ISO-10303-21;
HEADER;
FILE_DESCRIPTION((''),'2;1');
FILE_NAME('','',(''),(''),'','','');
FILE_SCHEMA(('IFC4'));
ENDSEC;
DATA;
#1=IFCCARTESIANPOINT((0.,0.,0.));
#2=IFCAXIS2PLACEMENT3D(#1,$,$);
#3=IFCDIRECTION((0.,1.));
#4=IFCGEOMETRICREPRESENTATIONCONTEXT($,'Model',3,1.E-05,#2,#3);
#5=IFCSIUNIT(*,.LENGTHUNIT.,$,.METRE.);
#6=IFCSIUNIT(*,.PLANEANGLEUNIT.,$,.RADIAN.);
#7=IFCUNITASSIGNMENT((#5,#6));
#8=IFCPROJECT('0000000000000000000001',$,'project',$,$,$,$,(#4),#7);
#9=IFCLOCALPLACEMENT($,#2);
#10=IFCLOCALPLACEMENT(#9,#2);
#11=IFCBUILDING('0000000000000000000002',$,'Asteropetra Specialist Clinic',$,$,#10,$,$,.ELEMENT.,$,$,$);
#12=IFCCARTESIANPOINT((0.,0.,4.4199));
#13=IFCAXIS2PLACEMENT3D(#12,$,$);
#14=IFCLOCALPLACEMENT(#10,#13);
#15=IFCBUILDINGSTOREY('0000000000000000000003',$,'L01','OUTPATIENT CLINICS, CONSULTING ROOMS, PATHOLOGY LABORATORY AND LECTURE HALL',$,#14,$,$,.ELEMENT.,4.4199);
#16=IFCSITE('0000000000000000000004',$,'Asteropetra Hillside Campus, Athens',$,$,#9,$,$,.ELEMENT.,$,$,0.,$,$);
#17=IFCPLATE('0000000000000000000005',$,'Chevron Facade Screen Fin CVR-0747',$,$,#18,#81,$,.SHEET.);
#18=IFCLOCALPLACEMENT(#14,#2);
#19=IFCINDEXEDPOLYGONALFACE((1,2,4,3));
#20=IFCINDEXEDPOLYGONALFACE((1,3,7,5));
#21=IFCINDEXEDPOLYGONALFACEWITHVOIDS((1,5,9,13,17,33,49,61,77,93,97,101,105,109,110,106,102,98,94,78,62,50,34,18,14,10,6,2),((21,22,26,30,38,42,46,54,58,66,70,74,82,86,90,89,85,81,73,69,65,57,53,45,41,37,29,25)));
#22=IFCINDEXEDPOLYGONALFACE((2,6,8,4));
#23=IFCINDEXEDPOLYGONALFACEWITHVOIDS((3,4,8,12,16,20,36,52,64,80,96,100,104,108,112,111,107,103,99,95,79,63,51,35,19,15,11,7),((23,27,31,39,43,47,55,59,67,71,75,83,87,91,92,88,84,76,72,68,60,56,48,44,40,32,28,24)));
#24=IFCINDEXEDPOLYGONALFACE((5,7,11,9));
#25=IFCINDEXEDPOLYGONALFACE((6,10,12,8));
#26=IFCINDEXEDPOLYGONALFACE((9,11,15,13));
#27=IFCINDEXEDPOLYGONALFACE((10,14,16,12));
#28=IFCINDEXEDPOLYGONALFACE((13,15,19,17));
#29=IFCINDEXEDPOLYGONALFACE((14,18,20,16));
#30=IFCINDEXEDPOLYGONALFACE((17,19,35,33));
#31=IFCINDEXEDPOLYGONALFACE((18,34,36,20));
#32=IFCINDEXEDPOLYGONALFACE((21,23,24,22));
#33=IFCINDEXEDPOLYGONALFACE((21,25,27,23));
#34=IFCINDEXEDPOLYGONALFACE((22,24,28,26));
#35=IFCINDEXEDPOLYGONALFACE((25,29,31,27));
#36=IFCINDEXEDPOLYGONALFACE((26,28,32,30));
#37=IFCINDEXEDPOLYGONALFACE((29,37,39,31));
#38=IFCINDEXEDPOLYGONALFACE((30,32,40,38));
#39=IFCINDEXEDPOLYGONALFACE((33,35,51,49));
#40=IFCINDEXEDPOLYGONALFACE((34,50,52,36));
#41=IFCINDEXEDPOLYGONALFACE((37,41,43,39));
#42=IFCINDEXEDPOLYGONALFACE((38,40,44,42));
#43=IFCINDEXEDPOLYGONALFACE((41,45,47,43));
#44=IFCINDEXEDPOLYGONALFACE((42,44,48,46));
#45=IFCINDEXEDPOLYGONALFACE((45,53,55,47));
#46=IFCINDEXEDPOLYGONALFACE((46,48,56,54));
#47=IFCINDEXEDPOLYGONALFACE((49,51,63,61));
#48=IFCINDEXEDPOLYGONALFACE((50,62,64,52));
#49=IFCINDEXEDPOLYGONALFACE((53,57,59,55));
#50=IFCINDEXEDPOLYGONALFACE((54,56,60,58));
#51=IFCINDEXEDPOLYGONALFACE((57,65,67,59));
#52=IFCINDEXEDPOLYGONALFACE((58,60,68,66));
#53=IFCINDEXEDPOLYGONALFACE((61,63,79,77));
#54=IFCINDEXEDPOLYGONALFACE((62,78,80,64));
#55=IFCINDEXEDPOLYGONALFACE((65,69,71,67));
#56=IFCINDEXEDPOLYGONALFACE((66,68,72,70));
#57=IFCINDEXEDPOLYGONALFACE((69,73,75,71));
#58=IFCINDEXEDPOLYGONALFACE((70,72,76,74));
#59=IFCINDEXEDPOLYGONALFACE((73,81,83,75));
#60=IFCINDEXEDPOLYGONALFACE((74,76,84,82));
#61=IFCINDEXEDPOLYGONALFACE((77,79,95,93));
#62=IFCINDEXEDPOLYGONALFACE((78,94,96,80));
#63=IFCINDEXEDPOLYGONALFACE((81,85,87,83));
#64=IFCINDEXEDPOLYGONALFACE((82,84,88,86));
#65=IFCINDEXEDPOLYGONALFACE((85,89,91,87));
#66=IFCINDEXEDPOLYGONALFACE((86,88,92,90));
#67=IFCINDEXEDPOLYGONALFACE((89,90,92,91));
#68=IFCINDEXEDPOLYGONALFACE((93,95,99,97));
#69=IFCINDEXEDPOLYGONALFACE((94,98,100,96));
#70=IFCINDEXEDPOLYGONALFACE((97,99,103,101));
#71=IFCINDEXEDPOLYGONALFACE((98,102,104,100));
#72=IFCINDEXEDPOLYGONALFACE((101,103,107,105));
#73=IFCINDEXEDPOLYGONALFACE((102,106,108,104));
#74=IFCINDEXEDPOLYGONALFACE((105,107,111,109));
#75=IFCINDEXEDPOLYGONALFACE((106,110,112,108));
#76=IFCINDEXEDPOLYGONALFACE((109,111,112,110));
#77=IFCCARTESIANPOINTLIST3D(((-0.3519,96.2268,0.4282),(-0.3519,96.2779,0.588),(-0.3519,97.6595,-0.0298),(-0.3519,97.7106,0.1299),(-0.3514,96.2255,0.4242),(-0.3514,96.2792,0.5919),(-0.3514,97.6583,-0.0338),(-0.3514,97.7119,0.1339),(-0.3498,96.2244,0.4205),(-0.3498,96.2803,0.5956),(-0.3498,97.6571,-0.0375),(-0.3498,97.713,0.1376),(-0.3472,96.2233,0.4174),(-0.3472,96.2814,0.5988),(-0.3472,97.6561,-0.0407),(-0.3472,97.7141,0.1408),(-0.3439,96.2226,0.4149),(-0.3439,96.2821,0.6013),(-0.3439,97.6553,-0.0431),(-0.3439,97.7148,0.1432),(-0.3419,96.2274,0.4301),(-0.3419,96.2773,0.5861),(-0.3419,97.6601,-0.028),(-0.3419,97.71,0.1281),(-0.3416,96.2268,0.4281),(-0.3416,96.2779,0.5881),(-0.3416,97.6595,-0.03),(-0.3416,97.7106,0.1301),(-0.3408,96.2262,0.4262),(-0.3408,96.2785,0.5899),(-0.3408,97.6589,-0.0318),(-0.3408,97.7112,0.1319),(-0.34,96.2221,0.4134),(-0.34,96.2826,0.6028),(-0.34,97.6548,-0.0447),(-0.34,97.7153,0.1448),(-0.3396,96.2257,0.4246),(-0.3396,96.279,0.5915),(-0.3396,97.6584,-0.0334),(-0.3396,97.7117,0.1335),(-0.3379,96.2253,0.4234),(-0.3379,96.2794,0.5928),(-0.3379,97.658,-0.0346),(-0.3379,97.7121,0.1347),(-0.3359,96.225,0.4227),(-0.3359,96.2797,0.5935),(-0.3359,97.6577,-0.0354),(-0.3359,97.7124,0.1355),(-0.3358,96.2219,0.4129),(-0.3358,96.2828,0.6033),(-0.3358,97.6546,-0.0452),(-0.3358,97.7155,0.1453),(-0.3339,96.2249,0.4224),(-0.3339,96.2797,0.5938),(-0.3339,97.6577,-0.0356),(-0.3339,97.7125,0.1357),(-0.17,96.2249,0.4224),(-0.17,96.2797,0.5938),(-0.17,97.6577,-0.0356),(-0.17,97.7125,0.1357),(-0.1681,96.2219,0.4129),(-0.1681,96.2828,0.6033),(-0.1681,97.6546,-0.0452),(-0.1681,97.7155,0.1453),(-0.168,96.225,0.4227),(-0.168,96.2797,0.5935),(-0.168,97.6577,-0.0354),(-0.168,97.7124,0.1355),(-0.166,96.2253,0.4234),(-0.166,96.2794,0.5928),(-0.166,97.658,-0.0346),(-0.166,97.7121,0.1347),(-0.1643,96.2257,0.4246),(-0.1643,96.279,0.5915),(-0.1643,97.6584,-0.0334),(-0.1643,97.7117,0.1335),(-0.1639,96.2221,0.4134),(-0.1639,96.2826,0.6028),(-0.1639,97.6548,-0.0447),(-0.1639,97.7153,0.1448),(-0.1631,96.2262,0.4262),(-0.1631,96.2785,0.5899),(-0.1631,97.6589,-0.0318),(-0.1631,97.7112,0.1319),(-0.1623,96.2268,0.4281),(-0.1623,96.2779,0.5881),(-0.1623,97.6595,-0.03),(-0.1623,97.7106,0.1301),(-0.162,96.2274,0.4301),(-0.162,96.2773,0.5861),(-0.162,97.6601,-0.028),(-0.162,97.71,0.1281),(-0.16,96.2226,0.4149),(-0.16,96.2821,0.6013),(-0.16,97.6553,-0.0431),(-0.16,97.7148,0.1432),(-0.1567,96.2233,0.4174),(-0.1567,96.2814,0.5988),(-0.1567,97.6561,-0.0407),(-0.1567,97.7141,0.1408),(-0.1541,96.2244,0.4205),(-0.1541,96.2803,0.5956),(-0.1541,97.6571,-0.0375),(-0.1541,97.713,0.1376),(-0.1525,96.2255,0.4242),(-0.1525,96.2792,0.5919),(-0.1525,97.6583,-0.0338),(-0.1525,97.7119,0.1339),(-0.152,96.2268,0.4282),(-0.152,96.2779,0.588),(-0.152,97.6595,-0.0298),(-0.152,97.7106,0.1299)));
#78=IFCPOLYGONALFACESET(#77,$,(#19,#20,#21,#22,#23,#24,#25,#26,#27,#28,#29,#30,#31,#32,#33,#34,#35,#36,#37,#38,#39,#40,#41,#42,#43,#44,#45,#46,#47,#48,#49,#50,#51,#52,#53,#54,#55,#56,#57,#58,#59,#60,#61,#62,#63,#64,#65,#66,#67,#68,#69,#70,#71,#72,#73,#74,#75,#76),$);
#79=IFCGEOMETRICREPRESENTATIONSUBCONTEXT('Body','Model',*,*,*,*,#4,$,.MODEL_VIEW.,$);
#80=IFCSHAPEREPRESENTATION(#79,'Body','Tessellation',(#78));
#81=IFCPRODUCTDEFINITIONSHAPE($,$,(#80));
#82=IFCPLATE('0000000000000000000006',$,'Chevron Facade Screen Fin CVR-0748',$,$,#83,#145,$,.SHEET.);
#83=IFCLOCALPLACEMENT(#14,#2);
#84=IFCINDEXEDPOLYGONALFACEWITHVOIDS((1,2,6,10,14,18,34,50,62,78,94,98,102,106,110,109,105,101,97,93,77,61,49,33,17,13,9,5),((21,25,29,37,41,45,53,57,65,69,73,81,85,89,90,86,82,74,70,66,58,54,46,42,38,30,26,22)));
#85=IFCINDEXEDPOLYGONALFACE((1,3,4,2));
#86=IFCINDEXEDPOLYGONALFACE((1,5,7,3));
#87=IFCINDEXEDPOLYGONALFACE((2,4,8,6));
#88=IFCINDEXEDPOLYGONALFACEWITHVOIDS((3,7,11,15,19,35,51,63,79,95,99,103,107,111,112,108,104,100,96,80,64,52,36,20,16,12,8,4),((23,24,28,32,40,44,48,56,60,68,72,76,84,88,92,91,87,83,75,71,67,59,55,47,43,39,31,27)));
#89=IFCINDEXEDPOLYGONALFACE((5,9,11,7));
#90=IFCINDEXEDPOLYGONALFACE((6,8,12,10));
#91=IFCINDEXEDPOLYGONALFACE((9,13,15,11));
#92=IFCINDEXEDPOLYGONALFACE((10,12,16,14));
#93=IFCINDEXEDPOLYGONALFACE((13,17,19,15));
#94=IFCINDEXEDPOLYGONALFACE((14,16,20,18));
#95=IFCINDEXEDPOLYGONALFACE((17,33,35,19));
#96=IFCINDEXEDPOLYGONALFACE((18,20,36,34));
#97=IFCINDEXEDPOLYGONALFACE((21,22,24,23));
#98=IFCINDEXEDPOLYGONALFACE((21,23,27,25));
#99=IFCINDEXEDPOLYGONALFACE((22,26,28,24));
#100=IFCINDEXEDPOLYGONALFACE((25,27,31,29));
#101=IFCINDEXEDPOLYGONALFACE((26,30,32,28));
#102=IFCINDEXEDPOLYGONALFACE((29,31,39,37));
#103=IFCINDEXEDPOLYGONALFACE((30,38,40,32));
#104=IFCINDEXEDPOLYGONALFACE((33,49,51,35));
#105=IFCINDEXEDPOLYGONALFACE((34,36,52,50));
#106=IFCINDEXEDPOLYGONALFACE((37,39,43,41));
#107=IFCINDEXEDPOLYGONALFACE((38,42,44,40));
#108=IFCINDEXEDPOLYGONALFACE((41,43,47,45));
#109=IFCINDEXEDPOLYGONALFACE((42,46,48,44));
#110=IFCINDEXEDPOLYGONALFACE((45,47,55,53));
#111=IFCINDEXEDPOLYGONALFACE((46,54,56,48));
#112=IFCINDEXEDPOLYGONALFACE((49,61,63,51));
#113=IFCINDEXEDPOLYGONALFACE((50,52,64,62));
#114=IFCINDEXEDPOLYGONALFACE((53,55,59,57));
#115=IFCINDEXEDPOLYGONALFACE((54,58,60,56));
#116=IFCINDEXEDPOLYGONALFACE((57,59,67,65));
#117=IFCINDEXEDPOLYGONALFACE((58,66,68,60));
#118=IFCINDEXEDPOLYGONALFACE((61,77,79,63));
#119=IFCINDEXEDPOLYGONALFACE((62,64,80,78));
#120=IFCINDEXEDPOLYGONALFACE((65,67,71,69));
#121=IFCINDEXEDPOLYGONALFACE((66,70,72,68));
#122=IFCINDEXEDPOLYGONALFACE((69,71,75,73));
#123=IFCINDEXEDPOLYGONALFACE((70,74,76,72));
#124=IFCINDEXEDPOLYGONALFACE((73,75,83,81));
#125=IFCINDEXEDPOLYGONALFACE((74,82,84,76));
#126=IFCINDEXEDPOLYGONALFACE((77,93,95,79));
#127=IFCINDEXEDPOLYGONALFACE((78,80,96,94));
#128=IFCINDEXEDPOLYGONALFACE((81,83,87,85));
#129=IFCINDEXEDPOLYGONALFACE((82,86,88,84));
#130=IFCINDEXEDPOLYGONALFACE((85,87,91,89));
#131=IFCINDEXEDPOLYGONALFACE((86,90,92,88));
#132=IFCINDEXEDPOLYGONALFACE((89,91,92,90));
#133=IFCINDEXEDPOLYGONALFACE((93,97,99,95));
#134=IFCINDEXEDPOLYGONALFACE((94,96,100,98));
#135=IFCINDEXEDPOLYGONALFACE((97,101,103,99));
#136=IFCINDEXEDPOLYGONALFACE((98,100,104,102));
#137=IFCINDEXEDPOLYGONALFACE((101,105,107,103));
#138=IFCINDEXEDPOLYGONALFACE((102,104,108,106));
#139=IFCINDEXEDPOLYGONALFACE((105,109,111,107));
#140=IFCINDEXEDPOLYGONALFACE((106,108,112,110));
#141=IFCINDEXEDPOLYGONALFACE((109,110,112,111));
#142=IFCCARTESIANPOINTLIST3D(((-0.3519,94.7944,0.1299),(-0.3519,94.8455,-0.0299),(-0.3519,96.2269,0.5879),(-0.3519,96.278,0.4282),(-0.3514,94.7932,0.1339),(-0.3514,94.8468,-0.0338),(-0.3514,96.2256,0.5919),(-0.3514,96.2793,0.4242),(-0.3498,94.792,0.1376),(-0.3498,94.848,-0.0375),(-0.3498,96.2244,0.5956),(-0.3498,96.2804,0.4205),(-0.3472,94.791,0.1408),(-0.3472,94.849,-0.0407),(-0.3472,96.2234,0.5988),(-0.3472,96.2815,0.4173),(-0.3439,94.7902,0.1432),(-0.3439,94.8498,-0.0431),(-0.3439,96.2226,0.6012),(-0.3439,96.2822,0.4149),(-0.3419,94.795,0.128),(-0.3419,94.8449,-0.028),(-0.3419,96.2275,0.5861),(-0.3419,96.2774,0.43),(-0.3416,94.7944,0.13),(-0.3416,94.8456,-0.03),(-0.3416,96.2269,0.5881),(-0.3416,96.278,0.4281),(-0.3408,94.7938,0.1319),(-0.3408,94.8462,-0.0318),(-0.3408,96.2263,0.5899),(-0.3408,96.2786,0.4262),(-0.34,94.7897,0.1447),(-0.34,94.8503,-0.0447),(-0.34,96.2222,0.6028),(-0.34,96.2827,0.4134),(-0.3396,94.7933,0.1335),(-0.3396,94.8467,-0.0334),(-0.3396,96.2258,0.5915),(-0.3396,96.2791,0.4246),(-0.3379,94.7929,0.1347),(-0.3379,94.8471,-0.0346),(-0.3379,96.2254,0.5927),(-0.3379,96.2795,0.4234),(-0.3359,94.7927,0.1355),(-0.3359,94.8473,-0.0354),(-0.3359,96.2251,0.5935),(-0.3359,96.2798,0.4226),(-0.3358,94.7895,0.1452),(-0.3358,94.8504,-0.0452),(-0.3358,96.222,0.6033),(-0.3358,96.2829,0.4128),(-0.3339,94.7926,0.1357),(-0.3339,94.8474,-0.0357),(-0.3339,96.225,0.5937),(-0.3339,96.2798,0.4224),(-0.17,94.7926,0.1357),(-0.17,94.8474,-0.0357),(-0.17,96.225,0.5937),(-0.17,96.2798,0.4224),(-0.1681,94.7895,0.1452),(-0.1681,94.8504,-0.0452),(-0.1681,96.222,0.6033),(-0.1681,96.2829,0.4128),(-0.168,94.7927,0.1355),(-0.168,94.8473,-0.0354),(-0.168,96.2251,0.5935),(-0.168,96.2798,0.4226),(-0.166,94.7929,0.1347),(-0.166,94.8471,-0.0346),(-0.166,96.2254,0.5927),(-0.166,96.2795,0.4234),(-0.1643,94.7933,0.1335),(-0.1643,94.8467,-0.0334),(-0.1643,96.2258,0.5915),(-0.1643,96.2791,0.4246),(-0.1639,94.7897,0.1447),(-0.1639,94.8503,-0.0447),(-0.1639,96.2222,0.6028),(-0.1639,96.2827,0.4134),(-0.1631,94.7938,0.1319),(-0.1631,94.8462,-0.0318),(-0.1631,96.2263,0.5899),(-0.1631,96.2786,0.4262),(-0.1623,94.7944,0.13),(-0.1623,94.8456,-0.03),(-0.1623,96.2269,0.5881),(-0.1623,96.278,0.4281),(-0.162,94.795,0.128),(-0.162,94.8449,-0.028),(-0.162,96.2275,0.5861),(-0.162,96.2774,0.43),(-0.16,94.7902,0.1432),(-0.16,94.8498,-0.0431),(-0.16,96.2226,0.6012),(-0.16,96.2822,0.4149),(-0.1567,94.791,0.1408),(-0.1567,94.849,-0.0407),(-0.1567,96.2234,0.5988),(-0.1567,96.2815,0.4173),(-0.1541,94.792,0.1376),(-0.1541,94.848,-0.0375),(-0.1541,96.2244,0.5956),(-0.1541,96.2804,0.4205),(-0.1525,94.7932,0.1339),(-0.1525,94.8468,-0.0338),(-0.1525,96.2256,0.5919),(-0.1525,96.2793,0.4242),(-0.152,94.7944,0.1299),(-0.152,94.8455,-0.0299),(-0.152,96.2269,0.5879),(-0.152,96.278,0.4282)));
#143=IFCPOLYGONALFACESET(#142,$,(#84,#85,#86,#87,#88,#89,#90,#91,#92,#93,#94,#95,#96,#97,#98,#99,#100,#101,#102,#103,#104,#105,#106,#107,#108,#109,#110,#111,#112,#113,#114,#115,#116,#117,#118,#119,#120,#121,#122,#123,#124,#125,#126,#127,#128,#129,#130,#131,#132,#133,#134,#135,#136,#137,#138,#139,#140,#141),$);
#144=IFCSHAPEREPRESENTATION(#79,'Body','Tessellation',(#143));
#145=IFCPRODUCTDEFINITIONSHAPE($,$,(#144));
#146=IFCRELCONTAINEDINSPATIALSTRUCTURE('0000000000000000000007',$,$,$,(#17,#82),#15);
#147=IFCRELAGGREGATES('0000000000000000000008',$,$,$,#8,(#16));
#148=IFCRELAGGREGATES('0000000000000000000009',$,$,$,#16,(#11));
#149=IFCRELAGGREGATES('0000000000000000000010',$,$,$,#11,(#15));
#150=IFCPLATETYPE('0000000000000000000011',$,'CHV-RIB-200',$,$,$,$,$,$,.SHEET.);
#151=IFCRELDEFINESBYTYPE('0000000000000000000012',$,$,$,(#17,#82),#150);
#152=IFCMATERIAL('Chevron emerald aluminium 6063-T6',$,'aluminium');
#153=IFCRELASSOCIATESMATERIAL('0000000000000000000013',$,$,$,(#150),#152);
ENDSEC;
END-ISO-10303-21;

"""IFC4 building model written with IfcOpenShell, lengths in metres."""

from ifc_helpers import new_model, si_unit, direction, frame, origin, origin_2d, place, context, subcontext, project, spatial, hollow_rectangle, extrude, material, material_profile, profile_set, type_object, element, save


model = new_model("IFC4")

# Units and contexts
model_context = context("Model", 3, precision=1e-05, world=origin(), true_north=direction((0.0, 1.0)))
body_context = subcontext(model_context, "Body", "Model", "MODEL_VIEW")
ifc_project = project(units=[si_unit("LENGTHUNIT", "METRE"), si_unit("PLANEANGLEUNIT", "RADIAN")], contexts=[model_context])

# Site, building, storey
site_placement = place(None, origin())
site = spatial("IfcSite", under=ifc_project, at=site_placement, Name="Asteropetra Hillside Campus, Athens", CompositionType="ELEMENT", RefElevation=0.0)
building_placement = place(site_placement, origin())
building = spatial("IfcBuilding", under=site, at=building_placement, Name="Asteropetra Specialist Clinic", CompositionType="ELEMENT")
storey_placement = place(building_placement, frame((0.0, 0.0, 4.4199)))
storey = spatial("IfcBuildingStorey", under=building, at=storey_placement, Name="L01", Description="OUTPATIENT CLINICS, CONSULTING ROOMS, PATHOLOGY LABORATORY AND LECTURE HALL", CompositionType="ELEMENT", Elevation=4.4199)

# Plates
ifc_material_1 = material(Name="Chevron emerald aluminium 6063-T6", Category="aluminium")
ifc_material_profile_1 = material_profile(ifc_material_1, hollow_rectangle(XDim=0.2, YDim=0.2, WallThickness=0.01, InnerFilletRadius=0.0081, OuterFilletRadius=0.0161, at=origin_2d()), Name="SHS 200x200x10.0")
ifc_profile_set_1 = profile_set([ifc_material_profile_1], Name="Chevron emerald aluminium 6063-T6")
plate_type_1 = type_object("IfcPlateType", Name="CHV-RIB-200", PredefinedType="SHEET", material=ifc_profile_set_1)
plate_1_placement = place(storey_placement, frame((-0.252, 97.6851, 0.05), z_axis=(0.0, -0.952507, 0.304517), x_axis=(1.0, 0.0, 0.0)))
element("IfcPlate", 1, at=plate_1_placement, inside=storey, type_object=plate_type_1, Name="Chevron Facade Screen Fin CVR-0747", PredefinedType="SHEET", context=body_context, shape_type="SweptSolid", body=[
    extrude(hollow_rectangle(XDim=0.2, YDim=0.2, WallThickness=0.01, InnerFilletRadius=0.0081, OuterFilletRadius=0.0161, at=origin_2d()), origin(), (0.0, 0.0, 1.0), 1.5042),
])
plate_2_placement = place(storey_placement, frame((-0.252, 96.2524, 0.5081), z_axis=(0.0, -0.952492, -0.304564), x_axis=(1.0, 0.0, 0.0)))
element("IfcPlate", 2, at=plate_2_placement, inside=storey, type_object=plate_type_1, Name="Chevron Facade Screen Fin CVR-0748", PredefinedType="SHEET", context=body_context, shape_type="SweptSolid", body=[
    extrude(hollow_rectangle(XDim=0.2, YDim=0.2, WallThickness=0.01, InnerFilletRadius=0.0081, OuterFilletRadius=0.0161, at=origin_2d()), origin(), (0.0, 0.0, 1.0), 1.5039),
])

save(model, "model.ifc")
